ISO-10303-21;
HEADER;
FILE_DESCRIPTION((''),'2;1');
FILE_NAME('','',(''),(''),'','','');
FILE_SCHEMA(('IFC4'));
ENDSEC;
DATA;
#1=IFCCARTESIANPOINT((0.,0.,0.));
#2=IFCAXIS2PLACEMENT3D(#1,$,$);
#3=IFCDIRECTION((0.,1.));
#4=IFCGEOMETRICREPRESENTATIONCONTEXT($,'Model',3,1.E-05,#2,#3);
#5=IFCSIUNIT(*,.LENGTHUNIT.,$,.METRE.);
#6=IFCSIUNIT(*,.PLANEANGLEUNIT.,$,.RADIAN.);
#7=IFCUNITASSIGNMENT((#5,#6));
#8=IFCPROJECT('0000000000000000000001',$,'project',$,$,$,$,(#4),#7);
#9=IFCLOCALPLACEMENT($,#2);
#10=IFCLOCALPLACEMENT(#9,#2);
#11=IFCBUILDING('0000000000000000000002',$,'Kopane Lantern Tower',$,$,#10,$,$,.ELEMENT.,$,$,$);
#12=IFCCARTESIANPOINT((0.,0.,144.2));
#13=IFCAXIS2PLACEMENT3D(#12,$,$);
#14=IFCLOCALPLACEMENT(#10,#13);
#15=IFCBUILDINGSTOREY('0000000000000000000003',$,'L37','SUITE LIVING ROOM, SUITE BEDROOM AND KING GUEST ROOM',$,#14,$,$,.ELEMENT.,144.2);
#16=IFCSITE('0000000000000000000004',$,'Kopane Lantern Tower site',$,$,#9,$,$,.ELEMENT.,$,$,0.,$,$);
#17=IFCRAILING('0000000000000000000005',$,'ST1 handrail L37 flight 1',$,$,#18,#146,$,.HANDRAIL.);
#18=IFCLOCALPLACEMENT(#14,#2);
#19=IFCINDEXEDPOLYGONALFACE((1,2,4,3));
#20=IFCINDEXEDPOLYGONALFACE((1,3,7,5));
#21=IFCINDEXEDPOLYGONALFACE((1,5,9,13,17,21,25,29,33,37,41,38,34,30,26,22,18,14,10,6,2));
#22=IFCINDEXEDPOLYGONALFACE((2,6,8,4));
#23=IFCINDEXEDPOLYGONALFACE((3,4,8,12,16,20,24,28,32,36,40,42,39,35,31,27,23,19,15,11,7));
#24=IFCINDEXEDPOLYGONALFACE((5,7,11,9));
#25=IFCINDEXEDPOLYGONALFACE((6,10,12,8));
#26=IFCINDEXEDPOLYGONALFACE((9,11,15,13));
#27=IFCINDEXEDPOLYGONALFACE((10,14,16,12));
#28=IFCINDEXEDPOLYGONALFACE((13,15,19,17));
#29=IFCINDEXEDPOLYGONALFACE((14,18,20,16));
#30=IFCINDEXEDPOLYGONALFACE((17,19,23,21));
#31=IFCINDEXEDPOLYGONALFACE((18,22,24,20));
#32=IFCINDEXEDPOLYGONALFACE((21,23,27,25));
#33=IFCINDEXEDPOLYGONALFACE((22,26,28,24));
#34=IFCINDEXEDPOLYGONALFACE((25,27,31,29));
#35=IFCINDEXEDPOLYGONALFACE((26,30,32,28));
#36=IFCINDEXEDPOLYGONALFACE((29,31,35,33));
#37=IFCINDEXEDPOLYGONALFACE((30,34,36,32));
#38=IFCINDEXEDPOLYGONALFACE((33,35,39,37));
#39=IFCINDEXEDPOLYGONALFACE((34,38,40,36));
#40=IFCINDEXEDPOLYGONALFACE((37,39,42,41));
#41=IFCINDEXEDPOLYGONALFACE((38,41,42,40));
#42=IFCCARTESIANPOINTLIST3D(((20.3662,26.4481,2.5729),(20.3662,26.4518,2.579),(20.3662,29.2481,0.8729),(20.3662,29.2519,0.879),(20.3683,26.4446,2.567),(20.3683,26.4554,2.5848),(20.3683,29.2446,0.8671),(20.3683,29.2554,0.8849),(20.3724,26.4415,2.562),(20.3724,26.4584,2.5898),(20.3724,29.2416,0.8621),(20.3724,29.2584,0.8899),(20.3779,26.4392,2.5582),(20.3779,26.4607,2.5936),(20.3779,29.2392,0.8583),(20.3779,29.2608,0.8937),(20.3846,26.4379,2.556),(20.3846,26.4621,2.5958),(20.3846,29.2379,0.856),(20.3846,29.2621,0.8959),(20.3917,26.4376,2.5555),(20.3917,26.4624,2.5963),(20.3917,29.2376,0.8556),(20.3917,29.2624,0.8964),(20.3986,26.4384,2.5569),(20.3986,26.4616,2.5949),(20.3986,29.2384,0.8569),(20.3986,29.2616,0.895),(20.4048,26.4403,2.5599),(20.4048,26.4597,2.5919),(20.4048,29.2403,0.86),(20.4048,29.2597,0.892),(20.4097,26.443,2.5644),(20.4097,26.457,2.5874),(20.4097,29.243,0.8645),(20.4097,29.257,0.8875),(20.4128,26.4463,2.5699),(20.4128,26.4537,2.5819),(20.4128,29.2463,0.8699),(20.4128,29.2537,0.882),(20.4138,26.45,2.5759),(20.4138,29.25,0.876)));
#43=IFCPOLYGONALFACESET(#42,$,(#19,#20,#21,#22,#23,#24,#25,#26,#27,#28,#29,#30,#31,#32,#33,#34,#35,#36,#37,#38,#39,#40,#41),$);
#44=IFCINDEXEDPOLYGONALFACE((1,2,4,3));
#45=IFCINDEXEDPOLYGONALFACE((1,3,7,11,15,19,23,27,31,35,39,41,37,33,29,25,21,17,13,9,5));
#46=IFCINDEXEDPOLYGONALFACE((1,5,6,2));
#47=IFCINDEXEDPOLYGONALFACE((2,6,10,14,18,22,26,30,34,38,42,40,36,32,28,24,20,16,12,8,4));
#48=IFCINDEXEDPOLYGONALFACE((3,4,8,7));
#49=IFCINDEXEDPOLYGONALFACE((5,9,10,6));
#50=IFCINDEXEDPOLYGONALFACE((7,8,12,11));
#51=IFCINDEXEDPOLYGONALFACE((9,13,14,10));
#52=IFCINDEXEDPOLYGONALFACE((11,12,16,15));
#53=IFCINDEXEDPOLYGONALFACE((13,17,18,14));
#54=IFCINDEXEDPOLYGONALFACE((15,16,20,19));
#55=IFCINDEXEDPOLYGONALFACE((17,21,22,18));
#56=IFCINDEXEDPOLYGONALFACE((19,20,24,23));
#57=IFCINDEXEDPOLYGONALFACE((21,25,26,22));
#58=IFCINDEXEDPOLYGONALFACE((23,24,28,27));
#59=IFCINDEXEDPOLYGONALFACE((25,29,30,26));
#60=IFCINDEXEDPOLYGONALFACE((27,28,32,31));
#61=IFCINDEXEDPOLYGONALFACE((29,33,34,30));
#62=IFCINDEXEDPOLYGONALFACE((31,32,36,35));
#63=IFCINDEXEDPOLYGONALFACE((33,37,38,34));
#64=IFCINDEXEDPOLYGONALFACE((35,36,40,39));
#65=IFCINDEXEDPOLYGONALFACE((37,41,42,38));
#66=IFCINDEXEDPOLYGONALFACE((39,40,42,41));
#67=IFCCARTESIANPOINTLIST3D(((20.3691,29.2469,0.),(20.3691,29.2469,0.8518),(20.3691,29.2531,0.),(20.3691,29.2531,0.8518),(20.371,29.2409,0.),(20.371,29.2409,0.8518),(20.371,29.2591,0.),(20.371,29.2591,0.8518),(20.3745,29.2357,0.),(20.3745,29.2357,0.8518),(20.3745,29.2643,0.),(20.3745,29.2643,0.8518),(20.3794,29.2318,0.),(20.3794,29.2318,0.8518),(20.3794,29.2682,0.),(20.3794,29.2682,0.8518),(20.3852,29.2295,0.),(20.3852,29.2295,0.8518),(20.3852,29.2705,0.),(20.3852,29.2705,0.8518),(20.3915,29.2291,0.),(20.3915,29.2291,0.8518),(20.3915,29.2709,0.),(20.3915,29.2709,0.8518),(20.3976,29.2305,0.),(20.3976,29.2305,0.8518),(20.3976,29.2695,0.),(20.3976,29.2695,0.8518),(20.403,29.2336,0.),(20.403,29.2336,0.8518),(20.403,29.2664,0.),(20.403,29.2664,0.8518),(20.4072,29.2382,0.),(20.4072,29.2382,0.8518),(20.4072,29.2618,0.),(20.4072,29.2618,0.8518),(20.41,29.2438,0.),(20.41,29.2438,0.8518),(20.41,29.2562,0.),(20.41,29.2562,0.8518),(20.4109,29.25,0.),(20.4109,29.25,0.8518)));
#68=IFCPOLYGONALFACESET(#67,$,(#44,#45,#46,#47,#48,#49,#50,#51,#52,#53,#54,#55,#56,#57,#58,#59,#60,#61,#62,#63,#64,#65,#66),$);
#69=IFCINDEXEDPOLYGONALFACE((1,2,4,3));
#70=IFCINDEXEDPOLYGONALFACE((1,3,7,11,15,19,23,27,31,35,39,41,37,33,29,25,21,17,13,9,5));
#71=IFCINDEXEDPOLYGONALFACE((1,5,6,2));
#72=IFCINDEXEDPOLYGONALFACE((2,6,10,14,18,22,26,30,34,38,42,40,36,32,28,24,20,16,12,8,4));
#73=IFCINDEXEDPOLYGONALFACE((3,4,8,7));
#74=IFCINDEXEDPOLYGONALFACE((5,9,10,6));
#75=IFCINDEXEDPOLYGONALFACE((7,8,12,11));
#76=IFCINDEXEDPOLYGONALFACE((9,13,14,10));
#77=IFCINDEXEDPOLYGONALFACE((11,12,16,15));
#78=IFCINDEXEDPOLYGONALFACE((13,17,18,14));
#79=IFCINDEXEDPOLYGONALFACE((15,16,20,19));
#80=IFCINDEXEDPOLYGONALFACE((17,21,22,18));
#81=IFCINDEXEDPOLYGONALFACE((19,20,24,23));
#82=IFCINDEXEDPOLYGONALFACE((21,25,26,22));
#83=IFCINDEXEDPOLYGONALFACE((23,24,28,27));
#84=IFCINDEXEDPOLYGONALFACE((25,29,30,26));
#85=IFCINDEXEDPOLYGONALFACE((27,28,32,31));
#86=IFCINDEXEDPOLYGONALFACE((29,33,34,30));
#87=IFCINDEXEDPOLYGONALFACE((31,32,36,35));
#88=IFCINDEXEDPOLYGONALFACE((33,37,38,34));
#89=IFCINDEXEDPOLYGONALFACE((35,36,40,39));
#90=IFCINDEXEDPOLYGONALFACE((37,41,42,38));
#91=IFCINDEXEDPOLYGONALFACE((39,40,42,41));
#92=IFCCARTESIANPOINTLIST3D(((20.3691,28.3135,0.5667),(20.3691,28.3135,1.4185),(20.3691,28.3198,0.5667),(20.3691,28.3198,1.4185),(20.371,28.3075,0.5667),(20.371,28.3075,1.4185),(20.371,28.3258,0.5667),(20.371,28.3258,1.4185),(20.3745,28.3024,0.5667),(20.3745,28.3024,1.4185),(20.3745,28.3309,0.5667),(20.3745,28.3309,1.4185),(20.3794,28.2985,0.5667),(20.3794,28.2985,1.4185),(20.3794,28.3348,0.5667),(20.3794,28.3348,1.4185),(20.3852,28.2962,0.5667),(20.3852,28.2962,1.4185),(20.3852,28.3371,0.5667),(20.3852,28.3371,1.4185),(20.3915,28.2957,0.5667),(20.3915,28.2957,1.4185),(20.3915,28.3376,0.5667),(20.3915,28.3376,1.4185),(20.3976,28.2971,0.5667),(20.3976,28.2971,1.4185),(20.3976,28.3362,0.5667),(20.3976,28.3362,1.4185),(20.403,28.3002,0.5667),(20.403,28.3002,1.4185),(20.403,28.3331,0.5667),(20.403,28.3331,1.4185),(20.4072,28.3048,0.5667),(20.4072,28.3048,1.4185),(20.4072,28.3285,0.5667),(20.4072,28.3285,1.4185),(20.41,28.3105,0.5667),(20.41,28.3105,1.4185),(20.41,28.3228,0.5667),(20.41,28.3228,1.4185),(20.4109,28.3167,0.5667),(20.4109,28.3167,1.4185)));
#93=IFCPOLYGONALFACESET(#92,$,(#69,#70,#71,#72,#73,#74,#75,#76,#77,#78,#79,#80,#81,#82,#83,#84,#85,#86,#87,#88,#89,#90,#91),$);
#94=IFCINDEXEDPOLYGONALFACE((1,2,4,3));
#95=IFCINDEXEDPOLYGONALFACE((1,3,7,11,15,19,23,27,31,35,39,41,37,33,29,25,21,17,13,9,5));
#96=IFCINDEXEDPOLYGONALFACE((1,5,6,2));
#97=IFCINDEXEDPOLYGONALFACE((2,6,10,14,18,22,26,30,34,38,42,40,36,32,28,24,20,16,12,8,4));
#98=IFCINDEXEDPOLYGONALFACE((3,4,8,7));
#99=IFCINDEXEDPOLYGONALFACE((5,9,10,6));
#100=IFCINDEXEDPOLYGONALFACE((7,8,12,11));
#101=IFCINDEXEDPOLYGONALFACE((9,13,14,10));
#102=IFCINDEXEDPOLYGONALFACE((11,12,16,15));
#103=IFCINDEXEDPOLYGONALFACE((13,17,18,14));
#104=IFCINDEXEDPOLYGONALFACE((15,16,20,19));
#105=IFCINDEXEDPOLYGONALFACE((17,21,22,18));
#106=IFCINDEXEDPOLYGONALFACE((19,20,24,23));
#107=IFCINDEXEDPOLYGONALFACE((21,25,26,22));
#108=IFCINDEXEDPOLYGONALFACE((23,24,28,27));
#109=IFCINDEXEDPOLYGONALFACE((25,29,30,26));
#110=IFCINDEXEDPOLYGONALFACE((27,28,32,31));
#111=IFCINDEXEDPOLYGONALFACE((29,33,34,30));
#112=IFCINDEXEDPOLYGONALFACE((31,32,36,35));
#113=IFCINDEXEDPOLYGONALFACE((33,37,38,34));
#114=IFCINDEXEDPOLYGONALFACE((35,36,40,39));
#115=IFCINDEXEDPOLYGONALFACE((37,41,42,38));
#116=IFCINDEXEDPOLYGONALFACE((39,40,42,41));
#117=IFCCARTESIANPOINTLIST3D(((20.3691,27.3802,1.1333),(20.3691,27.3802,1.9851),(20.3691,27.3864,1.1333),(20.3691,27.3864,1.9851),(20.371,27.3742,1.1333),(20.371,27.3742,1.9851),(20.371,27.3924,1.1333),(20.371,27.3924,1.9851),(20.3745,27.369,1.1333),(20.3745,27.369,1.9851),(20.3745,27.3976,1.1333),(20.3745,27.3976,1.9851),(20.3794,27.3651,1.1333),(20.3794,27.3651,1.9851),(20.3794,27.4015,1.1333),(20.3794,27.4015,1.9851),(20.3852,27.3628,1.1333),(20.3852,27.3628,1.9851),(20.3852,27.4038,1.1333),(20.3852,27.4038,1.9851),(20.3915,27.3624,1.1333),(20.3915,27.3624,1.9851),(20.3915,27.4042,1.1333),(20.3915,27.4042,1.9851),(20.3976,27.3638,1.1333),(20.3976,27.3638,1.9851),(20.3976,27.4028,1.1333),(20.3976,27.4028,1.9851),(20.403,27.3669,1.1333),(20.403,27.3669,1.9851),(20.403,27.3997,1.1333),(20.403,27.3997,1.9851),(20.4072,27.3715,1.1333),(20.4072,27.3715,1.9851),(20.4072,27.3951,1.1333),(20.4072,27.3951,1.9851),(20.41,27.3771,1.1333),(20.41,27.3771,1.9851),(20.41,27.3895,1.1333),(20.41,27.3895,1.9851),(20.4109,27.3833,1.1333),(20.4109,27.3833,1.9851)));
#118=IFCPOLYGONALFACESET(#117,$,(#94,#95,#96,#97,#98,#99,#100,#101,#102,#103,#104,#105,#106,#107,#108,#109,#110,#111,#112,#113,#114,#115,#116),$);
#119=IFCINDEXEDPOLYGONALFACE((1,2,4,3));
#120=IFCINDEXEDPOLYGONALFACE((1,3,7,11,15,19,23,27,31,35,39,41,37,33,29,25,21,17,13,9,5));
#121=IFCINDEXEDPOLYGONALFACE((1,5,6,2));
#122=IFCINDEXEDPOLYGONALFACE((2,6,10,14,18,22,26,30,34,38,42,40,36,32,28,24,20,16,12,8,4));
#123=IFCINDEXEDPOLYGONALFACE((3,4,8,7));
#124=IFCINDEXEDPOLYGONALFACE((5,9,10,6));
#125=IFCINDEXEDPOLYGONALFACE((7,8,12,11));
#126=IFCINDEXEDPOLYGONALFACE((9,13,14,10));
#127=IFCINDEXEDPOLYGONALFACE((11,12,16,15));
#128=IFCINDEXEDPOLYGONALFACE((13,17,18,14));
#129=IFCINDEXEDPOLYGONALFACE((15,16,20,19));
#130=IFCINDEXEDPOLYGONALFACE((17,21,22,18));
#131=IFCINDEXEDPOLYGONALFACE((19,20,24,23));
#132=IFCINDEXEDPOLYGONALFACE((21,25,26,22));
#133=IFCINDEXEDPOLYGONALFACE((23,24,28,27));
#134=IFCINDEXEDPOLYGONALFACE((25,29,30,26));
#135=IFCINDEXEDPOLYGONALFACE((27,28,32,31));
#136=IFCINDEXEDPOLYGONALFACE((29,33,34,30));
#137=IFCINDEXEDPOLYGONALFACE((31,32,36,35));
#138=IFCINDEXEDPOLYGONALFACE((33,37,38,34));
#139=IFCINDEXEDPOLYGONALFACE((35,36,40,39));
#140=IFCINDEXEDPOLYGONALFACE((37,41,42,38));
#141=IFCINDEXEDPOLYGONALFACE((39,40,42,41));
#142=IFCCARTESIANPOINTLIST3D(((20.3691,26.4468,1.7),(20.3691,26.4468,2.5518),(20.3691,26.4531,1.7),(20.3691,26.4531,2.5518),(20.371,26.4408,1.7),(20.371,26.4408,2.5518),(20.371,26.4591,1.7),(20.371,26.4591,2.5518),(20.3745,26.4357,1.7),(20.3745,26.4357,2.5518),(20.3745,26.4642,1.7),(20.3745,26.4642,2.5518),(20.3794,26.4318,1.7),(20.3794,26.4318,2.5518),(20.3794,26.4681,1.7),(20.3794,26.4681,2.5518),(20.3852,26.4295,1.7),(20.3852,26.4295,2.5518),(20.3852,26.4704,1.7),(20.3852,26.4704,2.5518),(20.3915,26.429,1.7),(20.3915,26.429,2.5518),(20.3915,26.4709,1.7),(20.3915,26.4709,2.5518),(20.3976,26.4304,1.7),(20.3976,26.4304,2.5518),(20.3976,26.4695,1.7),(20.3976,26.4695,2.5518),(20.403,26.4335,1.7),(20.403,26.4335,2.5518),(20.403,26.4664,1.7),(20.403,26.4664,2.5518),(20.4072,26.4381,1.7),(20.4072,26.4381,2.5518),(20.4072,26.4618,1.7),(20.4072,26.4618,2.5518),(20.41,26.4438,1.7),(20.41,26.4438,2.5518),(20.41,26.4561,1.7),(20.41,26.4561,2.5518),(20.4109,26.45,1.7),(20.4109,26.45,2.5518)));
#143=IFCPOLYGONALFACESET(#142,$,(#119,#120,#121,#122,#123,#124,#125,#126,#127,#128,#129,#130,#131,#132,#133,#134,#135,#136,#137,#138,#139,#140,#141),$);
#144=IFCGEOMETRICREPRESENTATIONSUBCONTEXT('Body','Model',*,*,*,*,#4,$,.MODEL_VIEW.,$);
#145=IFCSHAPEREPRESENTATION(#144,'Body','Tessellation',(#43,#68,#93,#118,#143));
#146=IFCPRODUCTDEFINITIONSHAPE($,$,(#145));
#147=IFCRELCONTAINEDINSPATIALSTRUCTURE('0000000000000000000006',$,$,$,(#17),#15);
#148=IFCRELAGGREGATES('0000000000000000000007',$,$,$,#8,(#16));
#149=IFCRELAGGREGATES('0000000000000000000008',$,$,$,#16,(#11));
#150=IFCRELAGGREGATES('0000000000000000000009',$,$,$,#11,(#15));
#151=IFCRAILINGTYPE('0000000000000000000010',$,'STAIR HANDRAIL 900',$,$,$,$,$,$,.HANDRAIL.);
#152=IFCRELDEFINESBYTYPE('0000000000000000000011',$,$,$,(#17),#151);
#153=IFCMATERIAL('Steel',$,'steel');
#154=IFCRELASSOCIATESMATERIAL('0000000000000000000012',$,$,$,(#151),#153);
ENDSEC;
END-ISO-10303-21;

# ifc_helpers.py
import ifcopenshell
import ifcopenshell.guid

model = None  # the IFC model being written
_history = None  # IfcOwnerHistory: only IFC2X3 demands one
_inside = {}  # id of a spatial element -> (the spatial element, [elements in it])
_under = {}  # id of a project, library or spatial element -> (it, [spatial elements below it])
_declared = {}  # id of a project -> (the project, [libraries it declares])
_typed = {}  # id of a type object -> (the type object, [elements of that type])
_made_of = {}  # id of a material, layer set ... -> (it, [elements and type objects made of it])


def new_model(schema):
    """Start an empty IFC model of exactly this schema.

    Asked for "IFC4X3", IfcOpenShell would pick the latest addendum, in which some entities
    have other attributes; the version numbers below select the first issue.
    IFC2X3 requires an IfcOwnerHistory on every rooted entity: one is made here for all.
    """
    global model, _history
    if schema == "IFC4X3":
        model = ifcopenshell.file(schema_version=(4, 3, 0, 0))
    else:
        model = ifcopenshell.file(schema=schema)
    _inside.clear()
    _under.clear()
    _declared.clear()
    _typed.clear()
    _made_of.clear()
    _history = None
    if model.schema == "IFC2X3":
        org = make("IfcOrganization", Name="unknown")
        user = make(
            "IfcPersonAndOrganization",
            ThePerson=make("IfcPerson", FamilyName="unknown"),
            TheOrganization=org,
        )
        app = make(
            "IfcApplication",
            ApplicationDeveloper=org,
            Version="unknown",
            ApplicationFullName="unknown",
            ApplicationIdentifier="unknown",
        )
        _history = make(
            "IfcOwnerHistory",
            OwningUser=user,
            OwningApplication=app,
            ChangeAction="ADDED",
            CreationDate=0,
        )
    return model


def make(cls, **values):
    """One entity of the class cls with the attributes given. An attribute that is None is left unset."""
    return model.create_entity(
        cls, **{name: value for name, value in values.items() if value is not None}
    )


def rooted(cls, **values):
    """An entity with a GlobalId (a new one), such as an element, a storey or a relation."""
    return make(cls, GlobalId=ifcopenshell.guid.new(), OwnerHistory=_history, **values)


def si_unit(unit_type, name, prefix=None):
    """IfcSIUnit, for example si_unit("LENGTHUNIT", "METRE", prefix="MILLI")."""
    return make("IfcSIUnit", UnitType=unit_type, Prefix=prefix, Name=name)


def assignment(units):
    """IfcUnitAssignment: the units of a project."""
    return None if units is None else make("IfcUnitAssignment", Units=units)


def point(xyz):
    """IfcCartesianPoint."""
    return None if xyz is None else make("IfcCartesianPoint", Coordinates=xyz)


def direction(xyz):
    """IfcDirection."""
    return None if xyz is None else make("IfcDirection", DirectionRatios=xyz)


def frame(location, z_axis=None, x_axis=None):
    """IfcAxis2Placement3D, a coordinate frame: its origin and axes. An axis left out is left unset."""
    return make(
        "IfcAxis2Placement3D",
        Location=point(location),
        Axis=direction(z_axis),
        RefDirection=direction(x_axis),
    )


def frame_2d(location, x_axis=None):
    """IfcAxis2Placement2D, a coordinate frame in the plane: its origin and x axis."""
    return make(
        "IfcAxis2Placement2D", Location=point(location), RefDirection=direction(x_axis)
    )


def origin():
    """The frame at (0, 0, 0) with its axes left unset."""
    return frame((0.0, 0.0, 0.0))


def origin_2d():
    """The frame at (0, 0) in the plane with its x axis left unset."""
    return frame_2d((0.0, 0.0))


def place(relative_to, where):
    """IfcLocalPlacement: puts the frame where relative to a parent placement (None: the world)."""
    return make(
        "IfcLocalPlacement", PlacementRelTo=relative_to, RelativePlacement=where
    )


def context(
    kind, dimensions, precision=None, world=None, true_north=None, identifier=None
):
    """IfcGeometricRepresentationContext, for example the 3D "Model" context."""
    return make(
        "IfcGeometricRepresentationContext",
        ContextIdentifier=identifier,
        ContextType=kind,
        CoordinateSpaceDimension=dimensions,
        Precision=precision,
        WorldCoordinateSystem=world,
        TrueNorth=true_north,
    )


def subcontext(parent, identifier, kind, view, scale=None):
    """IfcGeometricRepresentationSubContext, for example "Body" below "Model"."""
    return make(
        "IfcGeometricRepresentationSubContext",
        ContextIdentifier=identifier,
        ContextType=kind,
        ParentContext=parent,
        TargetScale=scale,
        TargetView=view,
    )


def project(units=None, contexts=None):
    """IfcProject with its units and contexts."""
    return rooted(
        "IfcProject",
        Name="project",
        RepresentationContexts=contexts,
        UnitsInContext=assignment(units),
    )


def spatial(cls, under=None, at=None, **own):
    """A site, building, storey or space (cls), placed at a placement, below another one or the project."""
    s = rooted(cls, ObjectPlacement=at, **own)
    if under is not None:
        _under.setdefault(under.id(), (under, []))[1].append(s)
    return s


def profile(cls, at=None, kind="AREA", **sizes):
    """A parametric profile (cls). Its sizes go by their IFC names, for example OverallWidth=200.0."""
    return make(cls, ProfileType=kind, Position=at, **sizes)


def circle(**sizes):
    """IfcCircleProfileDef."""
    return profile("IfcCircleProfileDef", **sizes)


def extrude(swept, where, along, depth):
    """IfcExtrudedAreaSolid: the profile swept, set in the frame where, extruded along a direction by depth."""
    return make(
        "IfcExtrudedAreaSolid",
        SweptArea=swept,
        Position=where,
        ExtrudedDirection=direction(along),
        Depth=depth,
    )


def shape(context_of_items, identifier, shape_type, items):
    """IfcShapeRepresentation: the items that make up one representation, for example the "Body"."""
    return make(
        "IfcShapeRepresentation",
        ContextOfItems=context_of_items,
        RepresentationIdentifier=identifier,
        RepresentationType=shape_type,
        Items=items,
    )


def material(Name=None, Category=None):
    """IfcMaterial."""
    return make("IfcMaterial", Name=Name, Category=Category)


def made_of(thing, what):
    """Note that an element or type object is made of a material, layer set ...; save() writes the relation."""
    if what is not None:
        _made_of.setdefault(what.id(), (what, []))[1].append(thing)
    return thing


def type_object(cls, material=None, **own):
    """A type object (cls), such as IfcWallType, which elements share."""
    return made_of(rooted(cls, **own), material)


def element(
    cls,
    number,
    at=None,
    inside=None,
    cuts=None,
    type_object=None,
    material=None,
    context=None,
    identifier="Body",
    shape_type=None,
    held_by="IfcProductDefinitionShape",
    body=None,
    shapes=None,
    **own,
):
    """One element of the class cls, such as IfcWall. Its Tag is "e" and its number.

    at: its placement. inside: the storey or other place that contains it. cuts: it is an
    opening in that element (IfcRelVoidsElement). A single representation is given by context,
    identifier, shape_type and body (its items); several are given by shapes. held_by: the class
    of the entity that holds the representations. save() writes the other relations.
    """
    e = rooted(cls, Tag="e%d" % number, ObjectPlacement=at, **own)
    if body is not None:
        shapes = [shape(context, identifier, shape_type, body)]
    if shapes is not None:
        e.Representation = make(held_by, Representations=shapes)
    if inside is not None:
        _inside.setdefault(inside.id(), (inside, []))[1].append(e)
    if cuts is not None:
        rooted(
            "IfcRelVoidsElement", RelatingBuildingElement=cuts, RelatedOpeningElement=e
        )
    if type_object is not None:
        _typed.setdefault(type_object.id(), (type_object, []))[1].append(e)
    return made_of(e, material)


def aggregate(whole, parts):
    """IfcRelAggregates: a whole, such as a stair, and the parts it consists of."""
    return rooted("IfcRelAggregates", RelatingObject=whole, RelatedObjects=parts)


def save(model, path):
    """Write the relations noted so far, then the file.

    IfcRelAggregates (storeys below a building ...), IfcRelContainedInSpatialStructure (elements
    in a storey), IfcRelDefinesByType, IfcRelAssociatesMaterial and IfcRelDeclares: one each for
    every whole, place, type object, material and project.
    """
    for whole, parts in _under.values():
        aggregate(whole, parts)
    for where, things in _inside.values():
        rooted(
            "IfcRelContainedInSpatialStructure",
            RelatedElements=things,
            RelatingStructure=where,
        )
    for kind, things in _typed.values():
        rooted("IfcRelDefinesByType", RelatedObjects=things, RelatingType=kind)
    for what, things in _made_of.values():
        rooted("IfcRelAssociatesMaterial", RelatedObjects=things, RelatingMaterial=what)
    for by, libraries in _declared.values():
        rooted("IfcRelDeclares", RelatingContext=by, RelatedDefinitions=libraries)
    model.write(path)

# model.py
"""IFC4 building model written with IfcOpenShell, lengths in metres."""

from ifc_helpers import new_model, si_unit, direction, frame, origin, origin_2d, place, context, subcontext, project, spatial, circle, extrude, material, type_object, element, save


model = new_model("IFC4")

# Units and contexts
model_context = context("Model", 3, precision=1e-05, world=origin(), true_north=direction((0.0, 1.0)))
body_context = subcontext(model_context, "Body", "Model", "MODEL_VIEW")
ifc_project = project(units=[si_unit("LENGTHUNIT", "METRE"), si_unit("PLANEANGLEUNIT", "RADIAN")], contexts=[model_context])

# Site, building, storey
site_placement = place(None, origin())
site = spatial("IfcSite", under=ifc_project, at=site_placement, Name="Kopane Lantern Tower site", CompositionType="ELEMENT", RefElevation=0.0)
building_placement = place(site_placement, origin())
building = spatial("IfcBuilding", under=site, at=building_placement, Name="Kopane Lantern Tower", CompositionType="ELEMENT")
storey_placement = place(building_placement, frame((0.0, 0.0, 144.2)))
storey = spatial("IfcBuildingStorey", under=building, at=storey_placement, Name="L37", Description="SUITE LIVING ROOM, SUITE BEDROOM AND KING GUEST ROOM", CompositionType="ELEMENT", Elevation=144.2)

# Railing
ifc_material_1 = material(Name="Steel", Category="steel")
railing_type_1 = type_object("IfcRailingType", Name="STAIR HANDRAIL 900", PredefinedType="HANDRAIL", material=ifc_material_1)
for number, where, name in (
    (1, (20.3899, 29.25, 0.0), "ST1 handrail L37 flight 1"),
):
    element("IfcRailing", number, at=place(storey_placement, frame(where)), inside=storey, type_object=railing_type_1, Name=name, PredefinedType="HANDRAIL", context=body_context, shape_type="SweptSolid", body=[
        extrude(circle(Radius=0.0239, at=origin_2d()), frame((0.0, 0.0, 0.876), z_axis=(0.0, -0.854798, 0.518961), x_axis=(1.0, 0.0, 0.0)), (0.0, 0.0, 1.0), 3.2756),
        extrude(circle(Radius=0.021, at=origin_2d()), origin(), (0.0, 0.0, 1.0), 0.8518),
        extrude(circle(Radius=0.021, at=origin_2d()), frame((0.0, -0.9333, 0.5667)), (0.0, 0.0, 1.0), 0.8518),
        extrude(circle(Radius=0.021, at=origin_2d()), frame((0.0, -1.8667, 1.1333)), (0.0, 0.0, 1.0), 0.8518),
        extrude(circle(Radius=0.021, at=origin_2d()), frame((0.0, -2.8, 1.7)), (0.0, 0.0, 1.0), 0.8518),
    ])

save(model, "model.ifc")
